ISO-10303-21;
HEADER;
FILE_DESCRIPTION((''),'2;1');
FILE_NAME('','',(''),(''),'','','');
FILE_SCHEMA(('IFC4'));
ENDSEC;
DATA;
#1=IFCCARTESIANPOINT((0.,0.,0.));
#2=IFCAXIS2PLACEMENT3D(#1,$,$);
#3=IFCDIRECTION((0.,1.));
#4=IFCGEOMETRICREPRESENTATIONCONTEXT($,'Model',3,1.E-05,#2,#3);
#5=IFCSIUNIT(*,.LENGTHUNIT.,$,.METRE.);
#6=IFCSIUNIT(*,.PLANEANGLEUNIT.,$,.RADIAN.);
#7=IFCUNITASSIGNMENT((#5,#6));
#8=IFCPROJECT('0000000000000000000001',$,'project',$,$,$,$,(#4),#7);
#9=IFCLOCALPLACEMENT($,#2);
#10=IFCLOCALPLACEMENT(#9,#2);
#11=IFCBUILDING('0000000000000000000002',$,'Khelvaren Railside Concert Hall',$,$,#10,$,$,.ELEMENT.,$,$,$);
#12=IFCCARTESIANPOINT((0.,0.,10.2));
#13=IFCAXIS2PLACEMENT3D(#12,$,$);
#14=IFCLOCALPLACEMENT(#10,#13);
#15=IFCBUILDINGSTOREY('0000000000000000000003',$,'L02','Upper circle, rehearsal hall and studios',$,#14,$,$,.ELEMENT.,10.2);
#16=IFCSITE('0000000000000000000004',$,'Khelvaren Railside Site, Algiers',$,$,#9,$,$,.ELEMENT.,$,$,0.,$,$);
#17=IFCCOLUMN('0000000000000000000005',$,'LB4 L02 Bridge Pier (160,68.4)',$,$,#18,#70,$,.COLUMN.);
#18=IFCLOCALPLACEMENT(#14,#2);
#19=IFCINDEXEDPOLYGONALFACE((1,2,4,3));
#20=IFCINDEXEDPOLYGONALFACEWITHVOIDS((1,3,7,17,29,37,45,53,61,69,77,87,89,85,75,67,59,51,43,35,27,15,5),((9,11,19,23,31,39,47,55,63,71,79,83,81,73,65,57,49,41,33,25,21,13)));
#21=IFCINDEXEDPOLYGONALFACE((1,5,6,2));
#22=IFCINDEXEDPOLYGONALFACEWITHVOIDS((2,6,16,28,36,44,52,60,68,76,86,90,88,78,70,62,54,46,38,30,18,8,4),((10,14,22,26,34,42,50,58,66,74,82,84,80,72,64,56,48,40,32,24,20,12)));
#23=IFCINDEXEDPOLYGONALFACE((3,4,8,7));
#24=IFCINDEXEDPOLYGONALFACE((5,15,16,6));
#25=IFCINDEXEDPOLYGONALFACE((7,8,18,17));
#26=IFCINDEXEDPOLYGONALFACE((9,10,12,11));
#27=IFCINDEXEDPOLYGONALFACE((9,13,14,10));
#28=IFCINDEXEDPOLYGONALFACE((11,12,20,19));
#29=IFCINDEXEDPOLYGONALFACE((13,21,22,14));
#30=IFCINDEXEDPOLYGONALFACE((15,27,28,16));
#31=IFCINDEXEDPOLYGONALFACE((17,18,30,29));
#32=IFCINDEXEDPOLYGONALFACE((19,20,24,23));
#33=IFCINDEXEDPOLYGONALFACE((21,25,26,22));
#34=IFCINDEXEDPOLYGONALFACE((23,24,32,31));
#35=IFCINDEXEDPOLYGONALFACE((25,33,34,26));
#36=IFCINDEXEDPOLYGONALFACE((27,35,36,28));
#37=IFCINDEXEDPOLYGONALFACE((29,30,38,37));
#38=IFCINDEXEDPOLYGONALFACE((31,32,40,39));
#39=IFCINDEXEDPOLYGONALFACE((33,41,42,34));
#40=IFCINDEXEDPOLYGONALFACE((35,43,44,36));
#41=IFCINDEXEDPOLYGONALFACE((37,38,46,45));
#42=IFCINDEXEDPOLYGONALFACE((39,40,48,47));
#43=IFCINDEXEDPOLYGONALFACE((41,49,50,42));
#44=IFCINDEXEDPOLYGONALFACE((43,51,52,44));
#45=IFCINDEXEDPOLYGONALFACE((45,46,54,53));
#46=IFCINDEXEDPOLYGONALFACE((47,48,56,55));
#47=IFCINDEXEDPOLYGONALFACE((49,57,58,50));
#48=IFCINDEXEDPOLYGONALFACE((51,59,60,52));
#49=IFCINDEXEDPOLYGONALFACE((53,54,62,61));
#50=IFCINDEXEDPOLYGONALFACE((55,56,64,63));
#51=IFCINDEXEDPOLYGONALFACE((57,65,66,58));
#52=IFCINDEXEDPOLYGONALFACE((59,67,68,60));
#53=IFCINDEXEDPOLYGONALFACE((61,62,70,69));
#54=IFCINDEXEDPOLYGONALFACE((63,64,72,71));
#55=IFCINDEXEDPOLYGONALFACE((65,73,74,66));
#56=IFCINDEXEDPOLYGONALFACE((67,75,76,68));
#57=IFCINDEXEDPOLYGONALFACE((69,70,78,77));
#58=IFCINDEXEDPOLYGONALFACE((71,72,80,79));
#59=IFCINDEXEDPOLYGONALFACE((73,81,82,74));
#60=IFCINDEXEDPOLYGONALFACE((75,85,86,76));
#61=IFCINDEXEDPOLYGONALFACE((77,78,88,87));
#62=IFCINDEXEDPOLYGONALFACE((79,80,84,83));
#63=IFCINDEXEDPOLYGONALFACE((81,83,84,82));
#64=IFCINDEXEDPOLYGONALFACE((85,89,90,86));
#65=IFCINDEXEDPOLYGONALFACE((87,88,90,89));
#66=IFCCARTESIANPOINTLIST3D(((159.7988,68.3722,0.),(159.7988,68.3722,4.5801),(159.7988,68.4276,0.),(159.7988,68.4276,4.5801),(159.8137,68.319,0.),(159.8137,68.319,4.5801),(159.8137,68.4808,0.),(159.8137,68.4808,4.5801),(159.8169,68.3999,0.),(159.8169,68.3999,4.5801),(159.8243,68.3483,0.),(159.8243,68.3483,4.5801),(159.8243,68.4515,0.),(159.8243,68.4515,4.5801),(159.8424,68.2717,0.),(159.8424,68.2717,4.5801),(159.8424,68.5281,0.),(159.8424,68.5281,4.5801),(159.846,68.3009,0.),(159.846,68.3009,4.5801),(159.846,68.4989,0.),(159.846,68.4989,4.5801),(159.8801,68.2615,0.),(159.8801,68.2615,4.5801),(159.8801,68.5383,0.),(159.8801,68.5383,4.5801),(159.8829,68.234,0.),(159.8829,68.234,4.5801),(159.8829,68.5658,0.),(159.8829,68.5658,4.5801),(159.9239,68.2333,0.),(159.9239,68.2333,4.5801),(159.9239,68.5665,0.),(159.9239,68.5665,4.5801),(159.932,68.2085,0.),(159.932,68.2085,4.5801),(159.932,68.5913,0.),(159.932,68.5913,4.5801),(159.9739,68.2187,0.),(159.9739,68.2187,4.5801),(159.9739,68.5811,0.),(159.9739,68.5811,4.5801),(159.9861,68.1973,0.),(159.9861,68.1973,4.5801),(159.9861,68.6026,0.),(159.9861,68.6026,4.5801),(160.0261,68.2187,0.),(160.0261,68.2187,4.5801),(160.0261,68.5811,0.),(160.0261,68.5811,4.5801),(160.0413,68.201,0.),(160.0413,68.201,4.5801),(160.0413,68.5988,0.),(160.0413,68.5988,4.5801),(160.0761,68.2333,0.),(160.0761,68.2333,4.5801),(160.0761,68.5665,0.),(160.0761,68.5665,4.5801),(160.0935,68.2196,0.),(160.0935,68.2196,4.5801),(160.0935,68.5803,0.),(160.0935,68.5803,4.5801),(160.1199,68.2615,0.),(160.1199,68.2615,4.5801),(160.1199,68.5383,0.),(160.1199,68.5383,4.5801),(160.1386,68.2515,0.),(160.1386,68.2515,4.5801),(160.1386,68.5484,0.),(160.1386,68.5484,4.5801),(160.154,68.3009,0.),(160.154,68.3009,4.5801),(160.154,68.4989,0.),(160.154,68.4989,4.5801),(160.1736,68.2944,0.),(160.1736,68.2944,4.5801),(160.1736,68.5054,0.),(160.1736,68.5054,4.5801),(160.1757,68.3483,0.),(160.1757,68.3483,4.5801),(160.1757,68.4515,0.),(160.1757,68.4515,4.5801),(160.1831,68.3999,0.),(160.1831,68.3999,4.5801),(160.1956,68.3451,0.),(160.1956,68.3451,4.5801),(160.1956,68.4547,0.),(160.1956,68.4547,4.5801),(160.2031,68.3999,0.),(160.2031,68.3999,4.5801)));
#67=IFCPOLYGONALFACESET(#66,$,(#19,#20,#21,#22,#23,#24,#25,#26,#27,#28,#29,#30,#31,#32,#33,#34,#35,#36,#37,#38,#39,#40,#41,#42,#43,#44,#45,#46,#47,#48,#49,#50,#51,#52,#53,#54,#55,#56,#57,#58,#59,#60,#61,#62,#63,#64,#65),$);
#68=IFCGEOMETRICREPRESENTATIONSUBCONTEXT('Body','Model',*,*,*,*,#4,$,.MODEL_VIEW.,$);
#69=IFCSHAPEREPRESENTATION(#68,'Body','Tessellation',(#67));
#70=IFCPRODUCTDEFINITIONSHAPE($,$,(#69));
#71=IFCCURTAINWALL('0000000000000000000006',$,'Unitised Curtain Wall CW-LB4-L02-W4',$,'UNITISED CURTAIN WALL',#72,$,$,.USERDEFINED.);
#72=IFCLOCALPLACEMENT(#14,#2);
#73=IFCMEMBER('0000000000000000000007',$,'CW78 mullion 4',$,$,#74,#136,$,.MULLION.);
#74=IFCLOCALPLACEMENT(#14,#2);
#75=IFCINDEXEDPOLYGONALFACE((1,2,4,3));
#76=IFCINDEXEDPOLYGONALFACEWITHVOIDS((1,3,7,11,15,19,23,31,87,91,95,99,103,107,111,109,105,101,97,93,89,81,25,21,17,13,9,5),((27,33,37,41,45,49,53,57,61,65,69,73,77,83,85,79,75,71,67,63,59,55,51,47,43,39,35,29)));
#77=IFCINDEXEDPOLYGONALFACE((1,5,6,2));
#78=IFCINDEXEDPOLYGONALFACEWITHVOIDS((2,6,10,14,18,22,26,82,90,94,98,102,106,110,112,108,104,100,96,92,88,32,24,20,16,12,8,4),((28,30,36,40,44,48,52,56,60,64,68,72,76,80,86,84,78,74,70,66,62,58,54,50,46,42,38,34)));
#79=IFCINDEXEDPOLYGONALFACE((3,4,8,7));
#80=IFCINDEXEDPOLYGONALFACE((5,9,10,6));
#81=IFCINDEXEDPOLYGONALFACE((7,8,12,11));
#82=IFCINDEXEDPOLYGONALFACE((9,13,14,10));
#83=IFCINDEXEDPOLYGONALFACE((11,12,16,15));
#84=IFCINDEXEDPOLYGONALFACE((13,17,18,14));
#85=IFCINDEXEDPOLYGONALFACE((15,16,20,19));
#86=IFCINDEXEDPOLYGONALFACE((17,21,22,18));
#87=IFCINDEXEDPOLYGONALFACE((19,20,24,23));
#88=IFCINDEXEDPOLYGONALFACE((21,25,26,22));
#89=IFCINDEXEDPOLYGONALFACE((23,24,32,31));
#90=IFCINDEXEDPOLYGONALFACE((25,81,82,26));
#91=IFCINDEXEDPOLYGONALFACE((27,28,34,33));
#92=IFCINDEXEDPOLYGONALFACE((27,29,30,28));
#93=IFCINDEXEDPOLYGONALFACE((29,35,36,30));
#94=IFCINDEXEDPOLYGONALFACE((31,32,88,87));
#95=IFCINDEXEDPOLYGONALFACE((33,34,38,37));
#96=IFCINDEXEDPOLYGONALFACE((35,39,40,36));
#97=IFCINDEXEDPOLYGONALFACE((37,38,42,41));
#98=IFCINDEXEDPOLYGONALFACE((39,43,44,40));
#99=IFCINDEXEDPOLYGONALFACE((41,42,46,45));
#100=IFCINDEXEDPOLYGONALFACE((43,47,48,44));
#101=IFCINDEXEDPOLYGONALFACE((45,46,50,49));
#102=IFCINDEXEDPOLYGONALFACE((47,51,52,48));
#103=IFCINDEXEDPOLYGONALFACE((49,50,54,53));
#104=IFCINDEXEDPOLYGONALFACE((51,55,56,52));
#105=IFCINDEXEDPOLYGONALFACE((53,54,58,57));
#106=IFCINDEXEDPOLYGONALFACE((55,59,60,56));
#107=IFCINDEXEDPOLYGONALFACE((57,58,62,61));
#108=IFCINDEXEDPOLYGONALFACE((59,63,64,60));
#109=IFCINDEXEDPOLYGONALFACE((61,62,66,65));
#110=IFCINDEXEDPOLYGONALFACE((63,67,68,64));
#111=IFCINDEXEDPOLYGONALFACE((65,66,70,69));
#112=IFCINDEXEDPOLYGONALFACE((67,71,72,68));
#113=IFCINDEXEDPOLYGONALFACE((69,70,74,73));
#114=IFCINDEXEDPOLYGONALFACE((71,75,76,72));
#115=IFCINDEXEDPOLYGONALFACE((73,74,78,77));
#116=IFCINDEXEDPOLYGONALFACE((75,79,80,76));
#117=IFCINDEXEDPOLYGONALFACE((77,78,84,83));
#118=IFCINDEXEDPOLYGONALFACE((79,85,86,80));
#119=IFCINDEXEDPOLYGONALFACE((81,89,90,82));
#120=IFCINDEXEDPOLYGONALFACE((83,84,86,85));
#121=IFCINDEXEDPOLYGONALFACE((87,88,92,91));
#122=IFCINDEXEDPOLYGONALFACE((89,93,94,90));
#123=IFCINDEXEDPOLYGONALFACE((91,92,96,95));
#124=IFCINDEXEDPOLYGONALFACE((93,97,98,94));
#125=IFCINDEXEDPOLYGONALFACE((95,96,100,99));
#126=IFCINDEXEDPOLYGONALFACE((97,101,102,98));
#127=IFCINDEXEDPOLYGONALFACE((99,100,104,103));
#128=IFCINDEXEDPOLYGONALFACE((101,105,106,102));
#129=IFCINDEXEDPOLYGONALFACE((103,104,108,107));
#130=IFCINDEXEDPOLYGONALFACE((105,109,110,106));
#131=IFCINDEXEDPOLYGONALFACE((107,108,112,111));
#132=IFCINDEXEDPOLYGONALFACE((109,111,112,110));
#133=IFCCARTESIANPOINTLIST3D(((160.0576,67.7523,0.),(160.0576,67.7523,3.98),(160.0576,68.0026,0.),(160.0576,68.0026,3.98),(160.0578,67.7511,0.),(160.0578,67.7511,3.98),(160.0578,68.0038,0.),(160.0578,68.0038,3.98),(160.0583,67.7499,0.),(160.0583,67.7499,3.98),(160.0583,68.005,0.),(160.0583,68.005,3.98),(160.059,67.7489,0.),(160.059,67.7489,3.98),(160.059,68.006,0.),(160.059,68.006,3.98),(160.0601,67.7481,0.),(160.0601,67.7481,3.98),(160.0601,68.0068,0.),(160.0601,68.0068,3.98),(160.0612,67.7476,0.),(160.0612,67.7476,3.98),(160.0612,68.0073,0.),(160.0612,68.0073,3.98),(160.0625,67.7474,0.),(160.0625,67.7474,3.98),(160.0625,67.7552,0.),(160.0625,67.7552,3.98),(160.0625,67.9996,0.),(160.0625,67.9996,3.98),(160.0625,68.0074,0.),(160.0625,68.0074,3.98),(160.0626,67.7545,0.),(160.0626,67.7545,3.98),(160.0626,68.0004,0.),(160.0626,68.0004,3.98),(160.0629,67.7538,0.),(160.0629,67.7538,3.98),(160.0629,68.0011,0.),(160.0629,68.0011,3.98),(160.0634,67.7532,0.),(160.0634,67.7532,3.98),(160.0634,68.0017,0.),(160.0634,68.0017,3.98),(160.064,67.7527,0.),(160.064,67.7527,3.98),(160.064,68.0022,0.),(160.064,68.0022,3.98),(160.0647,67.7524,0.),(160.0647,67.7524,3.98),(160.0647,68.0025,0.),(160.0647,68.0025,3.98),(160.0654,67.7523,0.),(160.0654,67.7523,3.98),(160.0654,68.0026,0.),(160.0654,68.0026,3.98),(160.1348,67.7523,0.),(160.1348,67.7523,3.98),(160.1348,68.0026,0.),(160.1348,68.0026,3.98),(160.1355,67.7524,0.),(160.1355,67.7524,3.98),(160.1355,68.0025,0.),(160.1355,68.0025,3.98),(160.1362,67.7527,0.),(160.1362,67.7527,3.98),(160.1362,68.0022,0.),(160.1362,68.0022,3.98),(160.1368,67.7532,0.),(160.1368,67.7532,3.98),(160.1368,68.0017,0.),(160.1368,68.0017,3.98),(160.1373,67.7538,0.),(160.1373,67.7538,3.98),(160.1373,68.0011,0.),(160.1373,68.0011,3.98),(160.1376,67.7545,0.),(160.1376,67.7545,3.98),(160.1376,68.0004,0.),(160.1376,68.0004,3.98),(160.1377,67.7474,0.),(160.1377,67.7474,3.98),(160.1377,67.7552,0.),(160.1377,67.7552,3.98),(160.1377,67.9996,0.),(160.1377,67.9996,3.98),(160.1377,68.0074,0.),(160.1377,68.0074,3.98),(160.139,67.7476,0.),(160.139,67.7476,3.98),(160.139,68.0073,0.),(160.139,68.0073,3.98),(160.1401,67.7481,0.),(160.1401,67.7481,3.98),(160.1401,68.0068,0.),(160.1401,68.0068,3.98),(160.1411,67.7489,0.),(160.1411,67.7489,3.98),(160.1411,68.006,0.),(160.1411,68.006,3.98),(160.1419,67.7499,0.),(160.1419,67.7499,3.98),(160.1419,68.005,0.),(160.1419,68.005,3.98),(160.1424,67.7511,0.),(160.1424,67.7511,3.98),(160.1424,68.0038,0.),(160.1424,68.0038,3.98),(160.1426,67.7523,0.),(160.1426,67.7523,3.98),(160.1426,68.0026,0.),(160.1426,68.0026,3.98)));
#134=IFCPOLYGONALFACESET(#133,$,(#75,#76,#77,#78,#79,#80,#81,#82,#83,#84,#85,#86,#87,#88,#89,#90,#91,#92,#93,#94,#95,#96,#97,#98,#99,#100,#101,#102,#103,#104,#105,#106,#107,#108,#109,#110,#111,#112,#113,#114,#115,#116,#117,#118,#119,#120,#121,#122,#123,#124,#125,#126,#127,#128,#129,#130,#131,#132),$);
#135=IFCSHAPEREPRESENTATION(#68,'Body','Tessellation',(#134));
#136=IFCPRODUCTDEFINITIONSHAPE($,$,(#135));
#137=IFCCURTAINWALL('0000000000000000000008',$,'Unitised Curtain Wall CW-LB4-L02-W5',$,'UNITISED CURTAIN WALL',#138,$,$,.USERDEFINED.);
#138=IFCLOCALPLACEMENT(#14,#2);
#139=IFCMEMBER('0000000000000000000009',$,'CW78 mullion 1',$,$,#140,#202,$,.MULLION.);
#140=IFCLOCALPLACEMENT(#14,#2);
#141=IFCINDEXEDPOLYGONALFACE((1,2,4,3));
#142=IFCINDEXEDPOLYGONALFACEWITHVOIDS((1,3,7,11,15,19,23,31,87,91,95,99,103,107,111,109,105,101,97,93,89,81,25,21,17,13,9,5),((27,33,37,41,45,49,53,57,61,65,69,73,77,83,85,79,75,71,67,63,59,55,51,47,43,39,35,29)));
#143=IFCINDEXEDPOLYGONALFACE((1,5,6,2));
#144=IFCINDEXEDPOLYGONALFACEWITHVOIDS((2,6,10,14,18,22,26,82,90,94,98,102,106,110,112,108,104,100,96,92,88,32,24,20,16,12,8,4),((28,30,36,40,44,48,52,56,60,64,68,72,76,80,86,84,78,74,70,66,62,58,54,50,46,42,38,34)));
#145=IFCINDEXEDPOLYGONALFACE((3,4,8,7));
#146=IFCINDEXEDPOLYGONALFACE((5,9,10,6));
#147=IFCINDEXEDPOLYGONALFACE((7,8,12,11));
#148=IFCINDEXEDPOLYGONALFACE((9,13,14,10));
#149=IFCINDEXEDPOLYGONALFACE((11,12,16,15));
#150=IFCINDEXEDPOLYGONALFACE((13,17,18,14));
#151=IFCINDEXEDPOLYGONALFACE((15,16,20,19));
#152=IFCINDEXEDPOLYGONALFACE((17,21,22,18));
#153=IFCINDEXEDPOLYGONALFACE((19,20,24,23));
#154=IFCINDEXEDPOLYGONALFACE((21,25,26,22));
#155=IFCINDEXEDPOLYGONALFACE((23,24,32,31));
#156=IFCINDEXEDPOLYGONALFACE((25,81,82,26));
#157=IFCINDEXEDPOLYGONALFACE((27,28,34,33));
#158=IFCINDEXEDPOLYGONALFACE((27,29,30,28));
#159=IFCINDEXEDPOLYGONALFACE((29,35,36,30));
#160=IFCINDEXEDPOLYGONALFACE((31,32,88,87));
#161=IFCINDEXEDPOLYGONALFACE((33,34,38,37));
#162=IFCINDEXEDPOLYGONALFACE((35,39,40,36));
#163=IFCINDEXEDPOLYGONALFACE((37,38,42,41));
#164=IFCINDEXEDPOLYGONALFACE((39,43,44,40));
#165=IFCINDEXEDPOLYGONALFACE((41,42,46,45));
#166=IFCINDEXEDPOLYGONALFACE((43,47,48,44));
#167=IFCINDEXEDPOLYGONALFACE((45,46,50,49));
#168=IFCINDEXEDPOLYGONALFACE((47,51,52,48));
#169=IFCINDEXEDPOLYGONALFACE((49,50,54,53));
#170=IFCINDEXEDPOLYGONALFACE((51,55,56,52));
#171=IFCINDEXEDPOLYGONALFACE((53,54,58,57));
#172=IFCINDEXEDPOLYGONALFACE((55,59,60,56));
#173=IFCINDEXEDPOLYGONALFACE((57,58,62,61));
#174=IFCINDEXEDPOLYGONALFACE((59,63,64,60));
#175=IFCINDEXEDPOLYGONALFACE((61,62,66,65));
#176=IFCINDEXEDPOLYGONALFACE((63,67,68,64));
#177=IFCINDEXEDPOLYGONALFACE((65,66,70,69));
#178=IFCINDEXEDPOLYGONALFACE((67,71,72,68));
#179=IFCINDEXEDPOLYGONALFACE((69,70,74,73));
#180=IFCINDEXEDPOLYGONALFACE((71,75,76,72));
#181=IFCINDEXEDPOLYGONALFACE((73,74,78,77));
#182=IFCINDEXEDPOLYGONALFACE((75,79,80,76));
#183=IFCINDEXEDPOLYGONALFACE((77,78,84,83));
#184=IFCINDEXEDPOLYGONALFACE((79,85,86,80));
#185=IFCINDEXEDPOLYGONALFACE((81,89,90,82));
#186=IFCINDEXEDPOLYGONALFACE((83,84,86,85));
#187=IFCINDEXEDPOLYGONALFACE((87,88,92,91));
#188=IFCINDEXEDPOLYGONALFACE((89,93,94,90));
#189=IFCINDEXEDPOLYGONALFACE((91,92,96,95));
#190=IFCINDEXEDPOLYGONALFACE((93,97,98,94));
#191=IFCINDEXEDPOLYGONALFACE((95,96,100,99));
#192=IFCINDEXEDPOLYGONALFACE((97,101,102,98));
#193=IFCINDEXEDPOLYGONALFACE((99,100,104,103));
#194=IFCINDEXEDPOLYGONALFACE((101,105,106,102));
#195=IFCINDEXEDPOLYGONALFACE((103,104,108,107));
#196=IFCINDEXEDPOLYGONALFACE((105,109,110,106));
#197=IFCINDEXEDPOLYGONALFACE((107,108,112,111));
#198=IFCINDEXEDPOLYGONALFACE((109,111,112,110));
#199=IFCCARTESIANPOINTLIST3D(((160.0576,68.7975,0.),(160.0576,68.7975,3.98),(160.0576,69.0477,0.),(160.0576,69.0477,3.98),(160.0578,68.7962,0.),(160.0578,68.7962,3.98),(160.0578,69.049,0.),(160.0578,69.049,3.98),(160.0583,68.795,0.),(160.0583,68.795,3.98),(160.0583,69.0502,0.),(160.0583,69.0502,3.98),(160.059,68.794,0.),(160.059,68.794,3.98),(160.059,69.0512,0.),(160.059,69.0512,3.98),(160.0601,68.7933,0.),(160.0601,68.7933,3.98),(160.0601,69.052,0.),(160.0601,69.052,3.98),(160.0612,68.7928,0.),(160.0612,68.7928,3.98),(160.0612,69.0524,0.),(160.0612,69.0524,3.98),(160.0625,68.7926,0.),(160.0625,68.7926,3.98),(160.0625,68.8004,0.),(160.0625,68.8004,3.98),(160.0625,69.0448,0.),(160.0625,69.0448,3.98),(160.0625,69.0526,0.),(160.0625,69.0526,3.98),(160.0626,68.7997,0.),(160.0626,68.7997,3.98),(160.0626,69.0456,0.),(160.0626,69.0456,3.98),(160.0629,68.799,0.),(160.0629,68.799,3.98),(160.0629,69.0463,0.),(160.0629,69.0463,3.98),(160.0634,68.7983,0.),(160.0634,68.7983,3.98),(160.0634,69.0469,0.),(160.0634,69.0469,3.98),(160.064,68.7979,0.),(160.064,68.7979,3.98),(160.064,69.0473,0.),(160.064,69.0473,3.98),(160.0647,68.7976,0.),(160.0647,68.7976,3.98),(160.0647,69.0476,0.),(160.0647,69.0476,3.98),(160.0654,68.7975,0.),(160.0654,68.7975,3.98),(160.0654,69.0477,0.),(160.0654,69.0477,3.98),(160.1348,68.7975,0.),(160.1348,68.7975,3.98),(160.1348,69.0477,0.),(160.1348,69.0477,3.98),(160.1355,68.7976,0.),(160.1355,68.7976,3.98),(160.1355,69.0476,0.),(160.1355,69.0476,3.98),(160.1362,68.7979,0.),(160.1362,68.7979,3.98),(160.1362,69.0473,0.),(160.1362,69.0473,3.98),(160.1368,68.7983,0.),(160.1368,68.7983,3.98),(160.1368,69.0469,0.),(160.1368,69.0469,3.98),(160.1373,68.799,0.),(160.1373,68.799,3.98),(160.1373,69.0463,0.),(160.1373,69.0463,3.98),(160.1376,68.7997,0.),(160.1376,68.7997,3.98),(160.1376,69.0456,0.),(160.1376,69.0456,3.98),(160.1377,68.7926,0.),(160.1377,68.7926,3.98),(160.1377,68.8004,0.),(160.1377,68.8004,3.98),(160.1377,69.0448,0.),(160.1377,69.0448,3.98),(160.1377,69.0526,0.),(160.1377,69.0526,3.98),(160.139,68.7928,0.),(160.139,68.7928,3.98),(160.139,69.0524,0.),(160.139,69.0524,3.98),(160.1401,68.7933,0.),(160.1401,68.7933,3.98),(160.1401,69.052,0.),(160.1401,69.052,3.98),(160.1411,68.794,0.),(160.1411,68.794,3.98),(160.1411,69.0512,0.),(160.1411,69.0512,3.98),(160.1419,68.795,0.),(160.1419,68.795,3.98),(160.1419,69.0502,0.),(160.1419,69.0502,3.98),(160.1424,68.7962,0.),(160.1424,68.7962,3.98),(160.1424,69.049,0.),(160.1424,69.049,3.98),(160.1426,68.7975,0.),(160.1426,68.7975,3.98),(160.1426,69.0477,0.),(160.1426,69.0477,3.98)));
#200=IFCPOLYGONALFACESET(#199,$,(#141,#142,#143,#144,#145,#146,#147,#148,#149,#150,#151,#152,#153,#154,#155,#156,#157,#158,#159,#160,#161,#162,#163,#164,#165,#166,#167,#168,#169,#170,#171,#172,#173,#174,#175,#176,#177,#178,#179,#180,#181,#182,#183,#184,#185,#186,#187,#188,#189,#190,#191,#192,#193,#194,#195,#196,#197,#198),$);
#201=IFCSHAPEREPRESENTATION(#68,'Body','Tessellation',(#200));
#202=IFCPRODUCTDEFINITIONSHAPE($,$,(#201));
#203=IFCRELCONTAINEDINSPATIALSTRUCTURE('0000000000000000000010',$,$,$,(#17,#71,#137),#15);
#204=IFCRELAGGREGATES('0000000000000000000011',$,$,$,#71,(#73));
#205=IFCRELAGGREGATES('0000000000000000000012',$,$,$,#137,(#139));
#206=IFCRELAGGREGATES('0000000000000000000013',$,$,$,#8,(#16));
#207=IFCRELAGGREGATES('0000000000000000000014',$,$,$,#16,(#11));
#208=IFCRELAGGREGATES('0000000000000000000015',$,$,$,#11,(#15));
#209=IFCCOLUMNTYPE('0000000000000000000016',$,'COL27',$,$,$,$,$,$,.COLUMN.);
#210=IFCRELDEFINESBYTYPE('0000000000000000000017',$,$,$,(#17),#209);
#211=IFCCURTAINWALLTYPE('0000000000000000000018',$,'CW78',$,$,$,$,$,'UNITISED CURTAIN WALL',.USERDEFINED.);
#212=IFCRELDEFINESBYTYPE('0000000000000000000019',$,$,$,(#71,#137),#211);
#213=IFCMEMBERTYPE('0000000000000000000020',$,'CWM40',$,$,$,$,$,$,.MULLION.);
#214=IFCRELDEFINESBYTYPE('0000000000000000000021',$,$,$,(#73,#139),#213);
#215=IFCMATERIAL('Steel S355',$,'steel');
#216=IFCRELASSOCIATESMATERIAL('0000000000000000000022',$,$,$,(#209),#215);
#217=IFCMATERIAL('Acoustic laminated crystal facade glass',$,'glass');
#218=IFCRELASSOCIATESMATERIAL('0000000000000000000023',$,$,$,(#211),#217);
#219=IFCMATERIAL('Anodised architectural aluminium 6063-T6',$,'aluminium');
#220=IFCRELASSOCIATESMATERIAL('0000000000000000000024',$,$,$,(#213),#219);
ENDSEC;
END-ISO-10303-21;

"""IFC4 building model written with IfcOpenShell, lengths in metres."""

from ifc_helpers import new_model, si_unit, direction, frame, origin, origin_2d, place, context, subcontext, project, spatial, hollow_rectangle, hollow_circle, extrude, material, material_profile, profile_set, type_object, element, aggregate, save


model = new_model("IFC4")

# Units and contexts
model_context = context("Model", 3, precision=1e-05, world=origin(), true_north=direction((0.0, 1.0)))
body_context = subcontext(model_context, "Body", "Model", "MODEL_VIEW")
ifc_project = project(units=[si_unit("LENGTHUNIT", "METRE"), si_unit("PLANEANGLEUNIT", "RADIAN")], contexts=[model_context])

# Site, building, storey
site_placement = place(None, origin())
site = spatial("IfcSite", under=ifc_project, at=site_placement, Name="Khelvaren Railside Site, Algiers", CompositionType="ELEMENT", RefElevation=0.0)
building_placement = place(site_placement, origin())
building = spatial("IfcBuilding", under=site, at=building_placement, Name="Khelvaren Railside Concert Hall", CompositionType="ELEMENT")
storey_placement = place(building_placement, frame((0.0, 0.0, 10.2)))
storey = spatial("IfcBuildingStorey", under=building, at=storey_placement, Name="L02", Description="Upper circle, rehearsal hall and studios", CompositionType="ELEMENT", Elevation=10.2)

# Column
ifc_material_1 = material(Name="Steel S355", Category="steel")
ifc_material_profile_1 = material_profile(ifc_material_1, hollow_circle(Radius=0.2031, WallThickness=0.02, at=origin_2d()), Name="CHS 406.4x20")
ifc_profile_set_1 = profile_set([ifc_material_profile_1], Name="Steel S355")
column_type = type_object("IfcColumnType", Name="COL27", PredefinedType="COLUMN", material=ifc_profile_set_1)
column_placement = place(storey_placement, frame((160.0, 68.3999, 0.0), z_axis=(0.0, 0.0, 1.0), x_axis=(1.0, 0.0, 0.0)))
element("IfcColumn", 1, at=column_placement, inside=storey, type_object=column_type, Name="LB4 L02 Bridge Pier (160,68.4)", PredefinedType="COLUMN", context=body_context, shape_type="SweptSolid", body=[
    extrude(hollow_circle(Radius=0.2031, WallThickness=0.02, at=origin_2d()), origin(), (0.0, 0.0, 1.0), 4.5801),
])

# Curtain wall, member
ifc_material_2 = material(Name="Acoustic laminated crystal facade glass", Category="glass")
curtain_wall_type = type_object("IfcCurtainWallType", Name="CW78", ElementType="UNITISED CURTAIN WALL", PredefinedType="USERDEFINED", material=ifc_material_2)
curtain_wall_1_placement = place(storey_placement, origin())
curtain_wall_1 = element("IfcCurtainWall", 2, at=curtain_wall_1_placement, inside=storey, type_object=curtain_wall_type, Name="Unitised Curtain Wall CW-LB4-L02-W4", ObjectType="UNITISED CURTAIN WALL", PredefinedType="USERDEFINED")
ifc_material_3 = material(Name="Anodised architectural aluminium 6063-T6", Category="aluminium")
ifc_material_profile_2 = material_profile(ifc_material_3, hollow_rectangle(XDim=0.085, YDim=0.26, WallThickness=0.0049, InnerFilletRadius=0.0029, OuterFilletRadius=0.0049, at=origin_2d()), Name="CWM 85x260x5")
ifc_profile_set_2 = profile_set([ifc_material_profile_2], Name="Anodised architectural aluminium 6063-T6")
member_type_1 = type_object("IfcMemberType", Name="CWM40", PredefinedType="MULLION", material=ifc_profile_set_2)
member_1_placement = place(storey_placement, frame((160.1001, 67.8774, 0.0), z_axis=(0.0, 0.0, 1.0), x_axis=(-1.0, 0.0, 0.0)))
member_1 = element("IfcMember", 3, at=member_1_placement, type_object=member_type_1, Name="CW78 mullion 4", PredefinedType="MULLION", context=body_context, shape_type="SweptSolid", body=[
    extrude(hollow_rectangle(XDim=0.085, YDim=0.26, WallThickness=0.0049, InnerFilletRadius=0.0029, OuterFilletRadius=0.0049, at=origin_2d()), origin(), (0.0, 0.0, 1.0), 3.98),
])

# Curtain wall, member
curtain_wall_2_placement = place(storey_placement, origin())
curtain_wall_2 = element("IfcCurtainWall", 4, at=curtain_wall_2_placement, inside=storey, type_object=curtain_wall_type, Name="Unitised Curtain Wall CW-LB4-L02-W5", ObjectType="UNITISED CURTAIN WALL", PredefinedType="USERDEFINED")
member_2_placement = place(storey_placement, frame((160.1001, 68.9226, 0.0), z_axis=(0.0, 0.0, 1.0), x_axis=(-1.0, 0.0, 0.0)))
member_2 = element("IfcMember", 5, at=member_2_placement, type_object=member_type_1, Name="CW78 mullion 1", PredefinedType="MULLION", context=body_context, shape_type="SweptSolid", body=[
    extrude(hollow_rectangle(XDim=0.085, YDim=0.26, WallThickness=0.0049, InnerFilletRadius=0.0029, OuterFilletRadius=0.0049, at=origin_2d()), origin(), (0.0, 0.0, 1.0), 3.98),
])

aggregate(curtain_wall_1, [member_1])
aggregate(curtain_wall_2, [member_2])

save(model, "model.ifc")
